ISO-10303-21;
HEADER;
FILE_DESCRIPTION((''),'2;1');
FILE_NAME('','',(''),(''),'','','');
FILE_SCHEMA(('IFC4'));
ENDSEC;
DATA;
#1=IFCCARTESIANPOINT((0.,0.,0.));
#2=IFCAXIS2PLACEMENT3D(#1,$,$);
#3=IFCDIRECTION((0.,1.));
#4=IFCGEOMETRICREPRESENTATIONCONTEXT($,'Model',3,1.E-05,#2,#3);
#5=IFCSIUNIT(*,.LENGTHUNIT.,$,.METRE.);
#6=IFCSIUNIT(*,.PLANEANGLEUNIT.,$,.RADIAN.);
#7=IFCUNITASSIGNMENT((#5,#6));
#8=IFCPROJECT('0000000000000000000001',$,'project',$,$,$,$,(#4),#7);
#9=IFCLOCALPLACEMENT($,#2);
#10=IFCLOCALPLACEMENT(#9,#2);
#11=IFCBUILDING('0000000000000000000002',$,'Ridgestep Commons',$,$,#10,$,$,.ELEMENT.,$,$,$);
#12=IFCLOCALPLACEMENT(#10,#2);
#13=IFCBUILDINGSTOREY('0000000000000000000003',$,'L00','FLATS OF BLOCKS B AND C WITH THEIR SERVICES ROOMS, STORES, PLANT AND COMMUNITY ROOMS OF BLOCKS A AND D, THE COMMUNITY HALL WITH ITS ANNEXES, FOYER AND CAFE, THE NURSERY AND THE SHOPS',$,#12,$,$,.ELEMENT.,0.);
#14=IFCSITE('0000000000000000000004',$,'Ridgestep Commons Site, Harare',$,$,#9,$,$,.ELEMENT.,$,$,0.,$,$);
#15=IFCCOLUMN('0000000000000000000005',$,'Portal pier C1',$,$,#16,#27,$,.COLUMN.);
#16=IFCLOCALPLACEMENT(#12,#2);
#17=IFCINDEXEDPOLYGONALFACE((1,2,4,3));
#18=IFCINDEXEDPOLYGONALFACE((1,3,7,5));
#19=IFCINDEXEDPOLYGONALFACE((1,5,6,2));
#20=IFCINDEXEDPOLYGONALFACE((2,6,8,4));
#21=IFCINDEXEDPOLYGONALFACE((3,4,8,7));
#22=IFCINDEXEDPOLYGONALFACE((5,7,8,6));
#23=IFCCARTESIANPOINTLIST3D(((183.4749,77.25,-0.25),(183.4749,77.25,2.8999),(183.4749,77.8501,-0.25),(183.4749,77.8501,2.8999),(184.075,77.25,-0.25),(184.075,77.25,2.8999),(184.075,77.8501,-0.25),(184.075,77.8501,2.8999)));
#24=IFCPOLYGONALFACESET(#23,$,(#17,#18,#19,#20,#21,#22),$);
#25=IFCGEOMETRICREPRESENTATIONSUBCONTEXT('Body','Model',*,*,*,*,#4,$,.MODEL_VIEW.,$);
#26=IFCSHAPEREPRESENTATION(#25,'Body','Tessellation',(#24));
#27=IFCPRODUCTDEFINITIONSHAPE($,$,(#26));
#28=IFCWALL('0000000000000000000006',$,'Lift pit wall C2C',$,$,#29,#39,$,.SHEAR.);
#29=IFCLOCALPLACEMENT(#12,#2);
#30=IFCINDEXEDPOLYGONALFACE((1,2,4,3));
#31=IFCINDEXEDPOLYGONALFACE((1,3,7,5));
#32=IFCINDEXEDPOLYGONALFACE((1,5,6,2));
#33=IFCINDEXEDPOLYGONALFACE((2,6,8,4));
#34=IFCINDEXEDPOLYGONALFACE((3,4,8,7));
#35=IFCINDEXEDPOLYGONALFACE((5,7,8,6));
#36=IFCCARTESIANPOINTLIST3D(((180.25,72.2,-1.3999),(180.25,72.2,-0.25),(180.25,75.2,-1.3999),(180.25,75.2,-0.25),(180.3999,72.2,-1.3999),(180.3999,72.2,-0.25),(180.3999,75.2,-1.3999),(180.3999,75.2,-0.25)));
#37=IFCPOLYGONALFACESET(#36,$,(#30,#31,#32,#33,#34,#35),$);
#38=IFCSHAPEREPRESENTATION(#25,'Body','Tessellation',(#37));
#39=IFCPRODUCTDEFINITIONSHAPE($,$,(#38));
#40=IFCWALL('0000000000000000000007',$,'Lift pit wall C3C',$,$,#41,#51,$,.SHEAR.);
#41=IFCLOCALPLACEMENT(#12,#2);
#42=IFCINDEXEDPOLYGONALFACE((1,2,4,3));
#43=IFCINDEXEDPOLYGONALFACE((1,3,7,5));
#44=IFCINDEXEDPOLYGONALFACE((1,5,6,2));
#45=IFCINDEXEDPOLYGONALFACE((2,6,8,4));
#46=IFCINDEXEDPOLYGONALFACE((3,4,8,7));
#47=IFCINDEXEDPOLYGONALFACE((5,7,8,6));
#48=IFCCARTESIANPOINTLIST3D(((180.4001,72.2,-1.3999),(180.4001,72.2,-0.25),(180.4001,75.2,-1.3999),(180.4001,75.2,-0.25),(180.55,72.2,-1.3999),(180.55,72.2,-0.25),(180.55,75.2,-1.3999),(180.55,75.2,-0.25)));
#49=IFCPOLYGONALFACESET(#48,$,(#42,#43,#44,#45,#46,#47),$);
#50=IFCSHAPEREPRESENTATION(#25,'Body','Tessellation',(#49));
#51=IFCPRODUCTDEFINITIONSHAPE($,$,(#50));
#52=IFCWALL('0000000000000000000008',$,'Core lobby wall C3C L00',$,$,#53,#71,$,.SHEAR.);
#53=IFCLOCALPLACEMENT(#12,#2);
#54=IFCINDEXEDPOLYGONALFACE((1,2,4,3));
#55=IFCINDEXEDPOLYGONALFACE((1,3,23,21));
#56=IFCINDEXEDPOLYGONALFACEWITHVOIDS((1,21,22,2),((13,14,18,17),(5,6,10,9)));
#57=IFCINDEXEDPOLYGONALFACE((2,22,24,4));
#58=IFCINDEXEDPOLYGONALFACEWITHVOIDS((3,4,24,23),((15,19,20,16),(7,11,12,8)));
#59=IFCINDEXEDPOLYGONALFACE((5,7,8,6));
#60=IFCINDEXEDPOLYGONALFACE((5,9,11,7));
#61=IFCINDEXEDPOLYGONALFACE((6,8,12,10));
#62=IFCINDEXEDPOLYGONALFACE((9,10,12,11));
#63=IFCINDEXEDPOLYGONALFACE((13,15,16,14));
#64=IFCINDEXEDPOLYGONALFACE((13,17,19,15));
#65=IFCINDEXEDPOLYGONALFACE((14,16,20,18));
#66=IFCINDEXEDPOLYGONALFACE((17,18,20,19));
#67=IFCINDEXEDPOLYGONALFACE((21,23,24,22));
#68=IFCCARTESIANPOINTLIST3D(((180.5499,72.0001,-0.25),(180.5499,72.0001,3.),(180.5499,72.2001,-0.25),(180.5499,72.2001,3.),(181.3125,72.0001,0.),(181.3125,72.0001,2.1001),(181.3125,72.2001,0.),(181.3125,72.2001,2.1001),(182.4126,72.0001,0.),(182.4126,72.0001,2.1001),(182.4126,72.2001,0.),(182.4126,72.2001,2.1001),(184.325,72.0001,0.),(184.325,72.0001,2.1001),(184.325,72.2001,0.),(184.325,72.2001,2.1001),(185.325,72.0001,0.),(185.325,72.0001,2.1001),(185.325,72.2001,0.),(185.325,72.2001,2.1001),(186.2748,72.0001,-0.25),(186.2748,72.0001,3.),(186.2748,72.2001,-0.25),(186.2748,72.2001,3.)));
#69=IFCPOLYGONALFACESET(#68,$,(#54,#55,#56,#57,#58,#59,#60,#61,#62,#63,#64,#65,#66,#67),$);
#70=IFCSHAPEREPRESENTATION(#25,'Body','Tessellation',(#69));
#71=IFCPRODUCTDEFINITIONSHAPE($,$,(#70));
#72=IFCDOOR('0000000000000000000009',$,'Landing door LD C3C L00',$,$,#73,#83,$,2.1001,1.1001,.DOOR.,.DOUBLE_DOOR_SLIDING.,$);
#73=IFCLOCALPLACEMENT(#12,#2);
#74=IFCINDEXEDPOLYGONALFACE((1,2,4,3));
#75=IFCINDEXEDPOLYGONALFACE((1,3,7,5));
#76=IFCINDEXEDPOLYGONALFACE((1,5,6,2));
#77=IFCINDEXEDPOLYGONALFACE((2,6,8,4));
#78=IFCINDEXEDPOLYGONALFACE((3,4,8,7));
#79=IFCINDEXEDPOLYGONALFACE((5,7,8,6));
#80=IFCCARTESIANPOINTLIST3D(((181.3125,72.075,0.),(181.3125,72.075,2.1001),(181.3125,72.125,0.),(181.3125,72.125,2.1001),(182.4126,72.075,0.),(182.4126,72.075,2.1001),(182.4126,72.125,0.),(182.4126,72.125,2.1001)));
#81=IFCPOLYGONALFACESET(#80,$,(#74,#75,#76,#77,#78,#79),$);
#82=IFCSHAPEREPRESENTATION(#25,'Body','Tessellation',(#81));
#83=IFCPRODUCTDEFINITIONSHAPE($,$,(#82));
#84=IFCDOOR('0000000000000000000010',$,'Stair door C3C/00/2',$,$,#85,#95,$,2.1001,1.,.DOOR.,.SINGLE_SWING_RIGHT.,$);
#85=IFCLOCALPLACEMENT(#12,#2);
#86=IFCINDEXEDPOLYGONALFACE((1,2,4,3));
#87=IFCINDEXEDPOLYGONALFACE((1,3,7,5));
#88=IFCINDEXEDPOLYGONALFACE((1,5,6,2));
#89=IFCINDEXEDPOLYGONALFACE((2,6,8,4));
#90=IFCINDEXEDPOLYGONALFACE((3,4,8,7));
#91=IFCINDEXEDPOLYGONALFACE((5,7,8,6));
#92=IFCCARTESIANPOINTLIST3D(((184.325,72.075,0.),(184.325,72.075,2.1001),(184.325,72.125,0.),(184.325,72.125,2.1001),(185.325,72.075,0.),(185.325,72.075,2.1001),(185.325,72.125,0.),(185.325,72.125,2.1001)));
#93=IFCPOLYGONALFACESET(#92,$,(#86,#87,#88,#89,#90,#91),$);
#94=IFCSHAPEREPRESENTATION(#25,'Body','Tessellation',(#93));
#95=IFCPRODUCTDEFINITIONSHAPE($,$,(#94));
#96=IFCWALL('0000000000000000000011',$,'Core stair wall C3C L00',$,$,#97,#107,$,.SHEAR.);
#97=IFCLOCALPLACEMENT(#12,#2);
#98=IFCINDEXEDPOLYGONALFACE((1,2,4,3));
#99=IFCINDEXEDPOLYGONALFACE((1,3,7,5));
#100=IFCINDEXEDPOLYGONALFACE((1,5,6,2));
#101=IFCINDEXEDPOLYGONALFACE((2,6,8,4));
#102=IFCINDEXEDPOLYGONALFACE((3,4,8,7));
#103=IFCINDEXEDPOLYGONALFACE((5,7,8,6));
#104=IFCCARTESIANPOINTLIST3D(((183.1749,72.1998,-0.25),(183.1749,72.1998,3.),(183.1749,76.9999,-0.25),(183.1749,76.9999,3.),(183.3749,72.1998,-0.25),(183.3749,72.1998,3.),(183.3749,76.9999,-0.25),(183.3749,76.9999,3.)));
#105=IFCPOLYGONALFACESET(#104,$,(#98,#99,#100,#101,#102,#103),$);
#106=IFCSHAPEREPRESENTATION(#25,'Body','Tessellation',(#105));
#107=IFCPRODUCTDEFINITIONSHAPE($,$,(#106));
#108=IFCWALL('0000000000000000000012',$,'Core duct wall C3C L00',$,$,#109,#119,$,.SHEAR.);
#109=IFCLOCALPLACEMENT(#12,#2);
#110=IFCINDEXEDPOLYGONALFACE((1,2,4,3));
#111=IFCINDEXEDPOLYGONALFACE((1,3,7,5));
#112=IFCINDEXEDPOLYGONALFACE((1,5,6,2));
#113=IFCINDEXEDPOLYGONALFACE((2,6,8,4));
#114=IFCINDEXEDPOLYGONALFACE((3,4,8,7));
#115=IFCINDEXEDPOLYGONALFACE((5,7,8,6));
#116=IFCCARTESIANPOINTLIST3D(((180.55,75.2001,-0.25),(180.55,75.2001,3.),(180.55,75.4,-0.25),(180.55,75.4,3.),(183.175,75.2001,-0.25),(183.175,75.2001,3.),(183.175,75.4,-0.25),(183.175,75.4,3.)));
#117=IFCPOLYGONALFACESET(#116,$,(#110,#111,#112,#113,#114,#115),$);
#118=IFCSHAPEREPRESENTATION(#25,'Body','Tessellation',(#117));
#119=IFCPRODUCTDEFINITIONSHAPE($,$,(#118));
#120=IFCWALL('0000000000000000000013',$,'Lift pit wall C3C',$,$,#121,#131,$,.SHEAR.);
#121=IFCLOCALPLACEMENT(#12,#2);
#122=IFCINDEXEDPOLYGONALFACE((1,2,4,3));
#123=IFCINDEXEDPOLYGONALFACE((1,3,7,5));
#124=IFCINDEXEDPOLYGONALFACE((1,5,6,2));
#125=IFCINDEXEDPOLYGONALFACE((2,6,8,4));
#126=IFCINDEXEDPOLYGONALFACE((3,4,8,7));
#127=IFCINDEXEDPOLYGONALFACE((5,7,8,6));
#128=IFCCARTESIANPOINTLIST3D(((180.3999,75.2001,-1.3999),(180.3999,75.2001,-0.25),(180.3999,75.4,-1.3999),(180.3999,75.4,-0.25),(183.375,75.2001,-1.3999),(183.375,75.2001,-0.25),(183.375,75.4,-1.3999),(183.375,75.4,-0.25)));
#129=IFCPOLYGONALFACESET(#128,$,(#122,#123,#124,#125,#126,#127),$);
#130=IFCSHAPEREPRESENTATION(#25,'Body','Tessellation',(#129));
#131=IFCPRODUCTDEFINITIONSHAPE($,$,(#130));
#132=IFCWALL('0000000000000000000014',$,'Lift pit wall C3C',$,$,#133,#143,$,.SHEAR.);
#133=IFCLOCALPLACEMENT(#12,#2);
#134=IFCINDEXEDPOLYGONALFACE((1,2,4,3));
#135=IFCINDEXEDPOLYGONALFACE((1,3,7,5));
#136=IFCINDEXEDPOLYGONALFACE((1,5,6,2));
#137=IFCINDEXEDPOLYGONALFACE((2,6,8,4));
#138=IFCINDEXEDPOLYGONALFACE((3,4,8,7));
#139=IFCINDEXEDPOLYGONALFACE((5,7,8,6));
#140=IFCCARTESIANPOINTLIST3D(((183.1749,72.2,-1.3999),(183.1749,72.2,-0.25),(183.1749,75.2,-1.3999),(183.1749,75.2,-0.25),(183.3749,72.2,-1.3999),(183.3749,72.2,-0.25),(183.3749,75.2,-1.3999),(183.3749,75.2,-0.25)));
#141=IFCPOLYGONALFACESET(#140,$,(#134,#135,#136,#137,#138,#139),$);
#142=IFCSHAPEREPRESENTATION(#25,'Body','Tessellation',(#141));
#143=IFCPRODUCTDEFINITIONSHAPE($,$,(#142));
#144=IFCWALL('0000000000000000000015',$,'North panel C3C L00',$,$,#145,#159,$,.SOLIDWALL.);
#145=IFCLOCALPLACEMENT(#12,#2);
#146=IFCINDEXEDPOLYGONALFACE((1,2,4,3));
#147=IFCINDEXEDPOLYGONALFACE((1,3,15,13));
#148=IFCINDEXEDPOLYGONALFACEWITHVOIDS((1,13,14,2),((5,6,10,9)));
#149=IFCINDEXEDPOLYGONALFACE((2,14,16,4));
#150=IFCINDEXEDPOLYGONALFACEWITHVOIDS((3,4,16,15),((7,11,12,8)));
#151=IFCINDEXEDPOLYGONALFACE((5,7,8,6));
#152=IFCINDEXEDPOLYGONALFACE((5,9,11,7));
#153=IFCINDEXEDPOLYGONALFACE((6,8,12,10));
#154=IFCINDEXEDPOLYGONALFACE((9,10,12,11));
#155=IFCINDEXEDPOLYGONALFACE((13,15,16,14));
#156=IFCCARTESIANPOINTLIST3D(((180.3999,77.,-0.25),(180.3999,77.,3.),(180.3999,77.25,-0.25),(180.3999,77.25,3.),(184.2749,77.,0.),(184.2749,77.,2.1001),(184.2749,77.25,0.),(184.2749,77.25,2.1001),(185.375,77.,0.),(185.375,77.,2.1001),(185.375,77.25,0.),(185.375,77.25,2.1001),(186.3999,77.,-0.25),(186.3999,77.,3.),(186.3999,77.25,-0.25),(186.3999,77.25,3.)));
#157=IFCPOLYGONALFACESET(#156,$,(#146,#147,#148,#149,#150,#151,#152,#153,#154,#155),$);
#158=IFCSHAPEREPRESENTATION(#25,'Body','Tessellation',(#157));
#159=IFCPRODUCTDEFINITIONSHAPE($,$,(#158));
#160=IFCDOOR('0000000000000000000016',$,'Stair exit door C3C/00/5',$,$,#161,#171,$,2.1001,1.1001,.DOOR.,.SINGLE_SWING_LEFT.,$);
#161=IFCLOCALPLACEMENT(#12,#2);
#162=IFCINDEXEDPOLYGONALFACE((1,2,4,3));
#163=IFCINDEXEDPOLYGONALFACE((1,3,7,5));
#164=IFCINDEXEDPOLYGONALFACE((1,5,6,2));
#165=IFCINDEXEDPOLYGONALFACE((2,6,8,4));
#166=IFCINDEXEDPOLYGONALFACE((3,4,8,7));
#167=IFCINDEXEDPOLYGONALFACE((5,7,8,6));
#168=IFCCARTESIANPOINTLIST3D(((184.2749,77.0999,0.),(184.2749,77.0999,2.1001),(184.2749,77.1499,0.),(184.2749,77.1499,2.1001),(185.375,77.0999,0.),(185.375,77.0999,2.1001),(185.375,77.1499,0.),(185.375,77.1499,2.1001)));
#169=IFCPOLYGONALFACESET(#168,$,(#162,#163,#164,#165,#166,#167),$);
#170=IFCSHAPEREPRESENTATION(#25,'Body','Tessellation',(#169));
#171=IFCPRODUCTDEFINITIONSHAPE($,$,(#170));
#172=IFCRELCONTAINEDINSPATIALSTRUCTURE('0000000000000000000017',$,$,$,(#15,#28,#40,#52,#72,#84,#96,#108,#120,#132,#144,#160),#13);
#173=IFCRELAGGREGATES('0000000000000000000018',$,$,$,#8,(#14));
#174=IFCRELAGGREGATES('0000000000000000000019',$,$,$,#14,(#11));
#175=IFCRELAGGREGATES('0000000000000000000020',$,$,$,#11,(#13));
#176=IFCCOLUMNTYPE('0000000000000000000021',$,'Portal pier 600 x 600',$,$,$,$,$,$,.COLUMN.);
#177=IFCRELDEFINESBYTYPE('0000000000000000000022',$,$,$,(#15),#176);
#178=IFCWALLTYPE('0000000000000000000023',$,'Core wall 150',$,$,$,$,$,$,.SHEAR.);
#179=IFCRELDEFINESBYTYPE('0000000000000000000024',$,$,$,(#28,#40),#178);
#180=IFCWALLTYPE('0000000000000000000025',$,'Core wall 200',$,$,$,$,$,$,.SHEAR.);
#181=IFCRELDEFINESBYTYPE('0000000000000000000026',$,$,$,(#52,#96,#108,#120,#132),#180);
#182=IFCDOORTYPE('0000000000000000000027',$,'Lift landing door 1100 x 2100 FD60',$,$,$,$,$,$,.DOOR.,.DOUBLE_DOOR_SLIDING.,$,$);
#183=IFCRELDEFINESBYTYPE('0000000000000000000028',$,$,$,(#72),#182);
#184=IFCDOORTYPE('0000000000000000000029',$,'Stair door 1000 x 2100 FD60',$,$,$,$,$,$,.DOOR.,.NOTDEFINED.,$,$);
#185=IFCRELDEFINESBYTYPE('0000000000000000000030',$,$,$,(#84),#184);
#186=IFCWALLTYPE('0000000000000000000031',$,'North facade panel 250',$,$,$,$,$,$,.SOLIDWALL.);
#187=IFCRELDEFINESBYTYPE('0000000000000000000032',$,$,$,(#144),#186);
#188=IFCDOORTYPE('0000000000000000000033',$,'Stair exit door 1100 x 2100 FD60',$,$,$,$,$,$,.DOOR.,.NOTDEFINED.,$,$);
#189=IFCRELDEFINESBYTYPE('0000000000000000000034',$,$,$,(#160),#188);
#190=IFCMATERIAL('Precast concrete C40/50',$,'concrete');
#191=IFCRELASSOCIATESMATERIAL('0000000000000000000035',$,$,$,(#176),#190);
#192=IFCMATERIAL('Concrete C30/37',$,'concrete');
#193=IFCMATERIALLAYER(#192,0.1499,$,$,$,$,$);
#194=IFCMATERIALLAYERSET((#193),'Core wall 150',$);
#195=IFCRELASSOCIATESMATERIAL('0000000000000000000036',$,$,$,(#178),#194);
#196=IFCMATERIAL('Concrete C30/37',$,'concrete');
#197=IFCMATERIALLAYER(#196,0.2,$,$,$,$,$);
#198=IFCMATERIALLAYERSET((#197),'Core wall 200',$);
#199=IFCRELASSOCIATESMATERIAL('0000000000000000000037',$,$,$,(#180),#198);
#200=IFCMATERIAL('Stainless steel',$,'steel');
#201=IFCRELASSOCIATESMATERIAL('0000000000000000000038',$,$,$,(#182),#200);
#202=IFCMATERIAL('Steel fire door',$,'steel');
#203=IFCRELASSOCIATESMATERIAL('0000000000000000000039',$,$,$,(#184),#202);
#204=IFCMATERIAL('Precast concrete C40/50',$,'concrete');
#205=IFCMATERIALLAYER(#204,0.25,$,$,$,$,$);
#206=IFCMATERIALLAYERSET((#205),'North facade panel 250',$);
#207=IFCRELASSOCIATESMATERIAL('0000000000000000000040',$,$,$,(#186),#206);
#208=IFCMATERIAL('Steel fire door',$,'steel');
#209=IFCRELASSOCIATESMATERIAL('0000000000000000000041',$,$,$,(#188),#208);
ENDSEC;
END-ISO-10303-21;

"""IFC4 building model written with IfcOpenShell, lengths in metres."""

from ifc_helpers import new_model, si_unit, direction, frame, frame_2d, origin, origin_2d, place, context, subcontext, project, spatial, rectangle, extrude, material, layer, layer_set, material_profile, profile_set, type_object, element, fill, save


model = new_model("IFC4")

# Units and contexts
model_context = context("Model", 3, precision=1e-05, world=origin(), true_north=direction((0.0, 1.0)))
body_context = subcontext(model_context, "Body", "Model", "MODEL_VIEW")
ifc_project = project(units=[si_unit("LENGTHUNIT", "METRE"), si_unit("PLANEANGLEUNIT", "RADIAN")], contexts=[model_context])

# Site, building, storey
site_placement = place(None, origin())
site = spatial("IfcSite", under=ifc_project, at=site_placement, Name="Ridgestep Commons Site, Harare", CompositionType="ELEMENT", RefElevation=0.0)
building_placement = place(site_placement, origin())
building = spatial("IfcBuilding", under=site, at=building_placement, Name="Ridgestep Commons", CompositionType="ELEMENT")
storey_placement = place(building_placement, origin())
storey = spatial("IfcBuildingStorey", under=building, at=storey_placement, Name="L00", Description="FLATS OF BLOCKS B AND C WITH THEIR SERVICES ROOMS, STORES, PLANT AND COMMUNITY ROOMS OF BLOCKS A AND D, THE COMMUNITY HALL WITH ITS ANNEXES, FOYER AND CAFE, THE NURSERY AND THE SHOPS", CompositionType="ELEMENT", Elevation=0.0)

# Column
ifc_material_1 = material(Name="Precast concrete C40/50", Category="concrete")
ifc_material_profile = material_profile(ifc_material_1, rectangle(XDim=0.6001, YDim=0.6001, at=origin_2d()), Name="PC 600x600")
ifc_profile_set = profile_set([ifc_material_profile], Name="Precast concrete C40/50")
column_type = type_object("IfcColumnType", Name="Portal pier 600 x 600", PredefinedType="COLUMN", material=ifc_profile_set)
column_placement = place(storey_placement, frame((183.7749, 77.55, -0.25), z_axis=(0.0, 0.0, 1.0), x_axis=(1.0, 0.0, 0.0)))
element("IfcColumn", 1, at=column_placement, inside=storey, type_object=column_type, Name="Portal pier C1", PredefinedType="COLUMN", context=body_context, shape_type="SweptSolid", body=[
    extrude(rectangle(XDim=0.6001, YDim=0.6001, at=origin_2d()), origin(), (0.0, 0.0, 1.0), 3.1499),
])

# Walls
ifc_material_2 = material(Name="Concrete C30/37", Category="concrete")
ifc_layer_1 = layer(ifc_material_2, 0.1499)
ifc_layer_set_1 = layer_set([ifc_layer_1], Name="Core wall 150")
wall_type_1 = type_object("IfcWallType", Name="Core wall 150", PredefinedType="SHEAR", material=ifc_layer_set_1)
for number, where, z_axis, x_axis, name in (
    (2, (180.325, 72.2, -1.3999), (0.0, 0.0, 1.0), (0.0, 1.0, 0.0), "Lift pit wall C2C"),
    (3, (180.4751, 72.2, -1.3999), (0.0, 0.0, 1.0), (0.0, 1.0, 0.0), "Lift pit wall C3C"),
):
    element("IfcWall", number, at=place(storey_placement, frame(where, z_axis=z_axis, x_axis=x_axis)), inside=storey, type_object=wall_type_1, Name=name, PredefinedType="SHEAR", context=body_context, shape_type="SweptSolid", body=[
        extrude(rectangle(XDim=3.0, YDim=0.1499, at=frame_2d((1.5, 0.0))), origin(), (0.0, 0.0, 1.0), 1.1499),
    ])

# Wall, openings, doors
ifc_material_3 = material(Name="Concrete C30/37", Category="concrete")
ifc_layer_2 = layer(ifc_material_3, 0.2)
ifc_layer_set_2 = layer_set([ifc_layer_2], Name="Core wall 200")
wall_type_2 = type_object("IfcWallType", Name="Core wall 200", PredefinedType="SHEAR", material=ifc_layer_set_2)
wall_1_placement = place(storey_placement, frame((180.55, 72.1001, -0.25), z_axis=(0.0, 0.0, 1.0), x_axis=(1.0, 0.0, 0.0)))
wall_1 = element("IfcWall", 4, at=wall_1_placement, inside=storey, type_object=wall_type_2, Name="Core lobby wall C3C L00", PredefinedType="SHEAR", context=body_context, shape_type="SweptSolid", body=[
    extrude(rectangle(XDim=5.7249, YDim=0.2, at=frame_2d((2.8623, 0.0))), origin(), (0.0, 0.0, 1.0), 3.25),
])
opening_1_placement = place(wall_1_placement, frame((3.7749, 0.0, 0.25)))
opening_1 = element("IfcOpeningElement", 5, at=opening_1_placement, cuts=wall_1, PredefinedType="OPENING", context=body_context, shape_type="SweptSolid", body=[
    extrude(rectangle(XDim=1.0, YDim=2.1001, at=frame_2d((0.5, 1.05))), frame((0.0, 0.1099, 0.0), z_axis=(0.0, -1.0, 0.0), x_axis=(1.0, 0.0, 0.0)), (0.0, 0.0, 1.0), 0.22),
])
opening_2_placement = place(wall_1_placement, frame((0.7625, 0.0, 0.25)))
opening_2 = element("IfcOpeningElement", 6, at=opening_2_placement, cuts=wall_1, PredefinedType="OPENING", context=body_context, shape_type="SweptSolid", body=[
    extrude(rectangle(XDim=1.1001, YDim=2.1001, at=frame_2d((0.55, 1.05))), frame((0.0, 0.1099, 0.0), z_axis=(0.0, -1.0, 0.0), x_axis=(1.0, 0.0, 0.0)), (0.0, 0.0, 1.0), 0.22),
])
ifc_material_4 = material(Name="Stainless steel", Category="steel")
door_type_1 = type_object("IfcDoorType", Name="Lift landing door 1100 x 2100 FD60", OperationType="DOUBLE_DOOR_SLIDING", PredefinedType="DOOR", material=ifc_material_4)
door_1_placement = place(opening_2_placement, origin())
door_1 = element("IfcDoor", 7, at=door_1_placement, inside=storey, type_object=door_type_1, Name="Landing door LD C3C L00", OperationType="DOUBLE_DOOR_SLIDING", OverallHeight=2.1001, OverallWidth=1.1001, PredefinedType="DOOR", context=body_context, shape_type="SweptSolid", body=[
    extrude(rectangle(XDim=1.1001, YDim=2.1001, at=frame_2d((0.55, 1.05))), frame((0.0, 0.0249, 0.0), z_axis=(0.0, -1.0, 0.0), x_axis=(1.0, 0.0, 0.0)), (0.0, 0.0, 1.0), 0.05),
])
fill(opening_2, door_1)
ifc_material_5 = material(Name="Steel fire door", Category="steel")
door_type_2 = type_object("IfcDoorType", Name="Stair door 1000 x 2100 FD60", OperationType="NOTDEFINED", PredefinedType="DOOR", material=ifc_material_5)
door_2_placement = place(opening_1_placement, origin())
door_2 = element("IfcDoor", 8, at=door_2_placement, inside=storey, type_object=door_type_2, Name="Stair door C3C/00/2", OperationType="SINGLE_SWING_RIGHT", OverallHeight=2.1001, OverallWidth=1.0, PredefinedType="DOOR", context=body_context, shape_type="SweptSolid", body=[
    extrude(rectangle(XDim=1.0, YDim=2.1001, at=frame_2d((0.5, 1.05))), frame((0.0, 0.0249, 0.0), z_axis=(0.0, -1.0, 0.0), x_axis=(1.0, 0.0, 0.0)), (0.0, 0.0, 1.0), 0.05),
])
fill(opening_1, door_2)

# Walls
wall_2_placement = place(storey_placement, frame((183.2749, 72.2, -0.25), z_axis=(0.0, 0.0, 1.0), x_axis=(0.0, 1.0, 0.0)))
element("IfcWall", 9, at=wall_2_placement, inside=storey, type_object=wall_type_2, Name="Core stair wall C3C L00", PredefinedType="SHEAR", context=body_context, shape_type="SweptSolid", body=[
    extrude(rectangle(XDim=4.8, YDim=0.2, at=frame_2d((2.3999, 0.0))), origin(), (0.0, 0.0, 1.0), 3.25),
])
wall_3_placement = place(storey_placement, frame((180.55, 75.3, -0.25), z_axis=(0.0, 0.0, 1.0), x_axis=(1.0, 0.0, 0.0)))
element("IfcWall", 10, at=wall_3_placement, inside=storey, type_object=wall_type_2, Name="Core duct wall C3C L00", PredefinedType="SHEAR", context=body_context, shape_type="SweptSolid", body=[
    extrude(rectangle(XDim=2.625, YDim=0.2, at=frame_2d((1.3125, 0.0))), origin(), (0.0, 0.0, 1.0), 3.25),
])
wall_4_placement = place(storey_placement, frame((180.3999, 75.3, -1.3999), z_axis=(0.0, 0.0, 1.0), x_axis=(1.0, 0.0, 0.0)))
element("IfcWall", 11, at=wall_4_placement, inside=storey, type_object=wall_type_2, Name="Lift pit wall C3C", PredefinedType="SHEAR", context=body_context, shape_type="SweptSolid", body=[
    extrude(rectangle(XDim=2.9751, YDim=0.2, at=frame_2d((1.4875, 0.0))), origin(), (0.0, 0.0, 1.0), 1.1499),
])
wall_5_placement = place(storey_placement, frame((183.2749, 72.2, -1.3999), z_axis=(0.0, 0.0, 1.0), x_axis=(0.0, 1.0, 0.0)))
element("IfcWall", 12, at=wall_5_placement, inside=storey, type_object=wall_type_2, Name="Lift pit wall C3C", PredefinedType="SHEAR", context=body_context, shape_type="SweptSolid", body=[
    extrude(rectangle(XDim=3.0, YDim=0.2, at=frame_2d((1.5, 0.0))), origin(), (0.0, 0.0, 1.0), 1.1499),
])

# Wall, opening, door
ifc_material_6 = material(Name="Precast concrete C40/50", Category="concrete")
ifc_layer_3 = layer(ifc_material_6, 0.25)
ifc_layer_set_3 = layer_set([ifc_layer_3], Name="North facade panel 250")
wall_type_3 = type_object("IfcWallType", Name="North facade panel 250", PredefinedType="SOLIDWALL", material=ifc_layer_set_3)
wall_6_placement = place(storey_placement, frame((180.3999, 77.125, -0.25), z_axis=(0.0, 0.0, 1.0), x_axis=(1.0, 0.0, 0.0)))
wall_6 = element("IfcWall", 13, at=wall_6_placement, inside=storey, type_object=wall_type_3, Name="North panel C3C L00", PredefinedType="SOLIDWALL", context=body_context, shape_type="SweptSolid", body=[
    extrude(rectangle(XDim=6.0, YDim=0.25, at=frame_2d((3.0, 0.0))), origin(), (0.0, 0.0, 1.0), 3.25),
])
opening_3_placement = place(wall_6_placement, frame((3.875, 0.0, 0.25)))
opening_3 = element("IfcOpeningElement", 14, at=opening_3_placement, cuts=wall_6, PredefinedType="OPENING", context=body_context, shape_type="SweptSolid", body=[
    extrude(rectangle(XDim=1.1001, YDim=2.1001, at=frame_2d((0.55, 1.05))), frame((0.0, 0.135, 0.0), z_axis=(0.0, -1.0, 0.0), x_axis=(1.0, 0.0, 0.0)), (0.0, 0.0, 1.0), 0.27),
])
ifc_material_7 = material(Name="Steel fire door", Category="steel")
door_type_3 = type_object("IfcDoorType", Name="Stair exit door 1100 x 2100 FD60", OperationType="NOTDEFINED", PredefinedType="DOOR", material=ifc_material_7)
door_3_placement = place(opening_3_placement, origin())
door_3 = element("IfcDoor", 15, at=door_3_placement, inside=storey, type_object=door_type_3, Name="Stair exit door C3C/00/5", OperationType="SINGLE_SWING_LEFT", OverallHeight=2.1001, OverallWidth=1.1001, PredefinedType="DOOR", context=body_context, shape_type="SweptSolid", body=[
    extrude(rectangle(XDim=1.1001, YDim=2.1001, at=frame_2d((0.55, 1.05))), frame((0.0, 0.0249, 0.0), z_axis=(0.0, -1.0, 0.0), x_axis=(1.0, 0.0, 0.0)), (0.0, 0.0, 1.0), 0.05),
])
fill(opening_3, door_3)

save(model, "model.ifc")
